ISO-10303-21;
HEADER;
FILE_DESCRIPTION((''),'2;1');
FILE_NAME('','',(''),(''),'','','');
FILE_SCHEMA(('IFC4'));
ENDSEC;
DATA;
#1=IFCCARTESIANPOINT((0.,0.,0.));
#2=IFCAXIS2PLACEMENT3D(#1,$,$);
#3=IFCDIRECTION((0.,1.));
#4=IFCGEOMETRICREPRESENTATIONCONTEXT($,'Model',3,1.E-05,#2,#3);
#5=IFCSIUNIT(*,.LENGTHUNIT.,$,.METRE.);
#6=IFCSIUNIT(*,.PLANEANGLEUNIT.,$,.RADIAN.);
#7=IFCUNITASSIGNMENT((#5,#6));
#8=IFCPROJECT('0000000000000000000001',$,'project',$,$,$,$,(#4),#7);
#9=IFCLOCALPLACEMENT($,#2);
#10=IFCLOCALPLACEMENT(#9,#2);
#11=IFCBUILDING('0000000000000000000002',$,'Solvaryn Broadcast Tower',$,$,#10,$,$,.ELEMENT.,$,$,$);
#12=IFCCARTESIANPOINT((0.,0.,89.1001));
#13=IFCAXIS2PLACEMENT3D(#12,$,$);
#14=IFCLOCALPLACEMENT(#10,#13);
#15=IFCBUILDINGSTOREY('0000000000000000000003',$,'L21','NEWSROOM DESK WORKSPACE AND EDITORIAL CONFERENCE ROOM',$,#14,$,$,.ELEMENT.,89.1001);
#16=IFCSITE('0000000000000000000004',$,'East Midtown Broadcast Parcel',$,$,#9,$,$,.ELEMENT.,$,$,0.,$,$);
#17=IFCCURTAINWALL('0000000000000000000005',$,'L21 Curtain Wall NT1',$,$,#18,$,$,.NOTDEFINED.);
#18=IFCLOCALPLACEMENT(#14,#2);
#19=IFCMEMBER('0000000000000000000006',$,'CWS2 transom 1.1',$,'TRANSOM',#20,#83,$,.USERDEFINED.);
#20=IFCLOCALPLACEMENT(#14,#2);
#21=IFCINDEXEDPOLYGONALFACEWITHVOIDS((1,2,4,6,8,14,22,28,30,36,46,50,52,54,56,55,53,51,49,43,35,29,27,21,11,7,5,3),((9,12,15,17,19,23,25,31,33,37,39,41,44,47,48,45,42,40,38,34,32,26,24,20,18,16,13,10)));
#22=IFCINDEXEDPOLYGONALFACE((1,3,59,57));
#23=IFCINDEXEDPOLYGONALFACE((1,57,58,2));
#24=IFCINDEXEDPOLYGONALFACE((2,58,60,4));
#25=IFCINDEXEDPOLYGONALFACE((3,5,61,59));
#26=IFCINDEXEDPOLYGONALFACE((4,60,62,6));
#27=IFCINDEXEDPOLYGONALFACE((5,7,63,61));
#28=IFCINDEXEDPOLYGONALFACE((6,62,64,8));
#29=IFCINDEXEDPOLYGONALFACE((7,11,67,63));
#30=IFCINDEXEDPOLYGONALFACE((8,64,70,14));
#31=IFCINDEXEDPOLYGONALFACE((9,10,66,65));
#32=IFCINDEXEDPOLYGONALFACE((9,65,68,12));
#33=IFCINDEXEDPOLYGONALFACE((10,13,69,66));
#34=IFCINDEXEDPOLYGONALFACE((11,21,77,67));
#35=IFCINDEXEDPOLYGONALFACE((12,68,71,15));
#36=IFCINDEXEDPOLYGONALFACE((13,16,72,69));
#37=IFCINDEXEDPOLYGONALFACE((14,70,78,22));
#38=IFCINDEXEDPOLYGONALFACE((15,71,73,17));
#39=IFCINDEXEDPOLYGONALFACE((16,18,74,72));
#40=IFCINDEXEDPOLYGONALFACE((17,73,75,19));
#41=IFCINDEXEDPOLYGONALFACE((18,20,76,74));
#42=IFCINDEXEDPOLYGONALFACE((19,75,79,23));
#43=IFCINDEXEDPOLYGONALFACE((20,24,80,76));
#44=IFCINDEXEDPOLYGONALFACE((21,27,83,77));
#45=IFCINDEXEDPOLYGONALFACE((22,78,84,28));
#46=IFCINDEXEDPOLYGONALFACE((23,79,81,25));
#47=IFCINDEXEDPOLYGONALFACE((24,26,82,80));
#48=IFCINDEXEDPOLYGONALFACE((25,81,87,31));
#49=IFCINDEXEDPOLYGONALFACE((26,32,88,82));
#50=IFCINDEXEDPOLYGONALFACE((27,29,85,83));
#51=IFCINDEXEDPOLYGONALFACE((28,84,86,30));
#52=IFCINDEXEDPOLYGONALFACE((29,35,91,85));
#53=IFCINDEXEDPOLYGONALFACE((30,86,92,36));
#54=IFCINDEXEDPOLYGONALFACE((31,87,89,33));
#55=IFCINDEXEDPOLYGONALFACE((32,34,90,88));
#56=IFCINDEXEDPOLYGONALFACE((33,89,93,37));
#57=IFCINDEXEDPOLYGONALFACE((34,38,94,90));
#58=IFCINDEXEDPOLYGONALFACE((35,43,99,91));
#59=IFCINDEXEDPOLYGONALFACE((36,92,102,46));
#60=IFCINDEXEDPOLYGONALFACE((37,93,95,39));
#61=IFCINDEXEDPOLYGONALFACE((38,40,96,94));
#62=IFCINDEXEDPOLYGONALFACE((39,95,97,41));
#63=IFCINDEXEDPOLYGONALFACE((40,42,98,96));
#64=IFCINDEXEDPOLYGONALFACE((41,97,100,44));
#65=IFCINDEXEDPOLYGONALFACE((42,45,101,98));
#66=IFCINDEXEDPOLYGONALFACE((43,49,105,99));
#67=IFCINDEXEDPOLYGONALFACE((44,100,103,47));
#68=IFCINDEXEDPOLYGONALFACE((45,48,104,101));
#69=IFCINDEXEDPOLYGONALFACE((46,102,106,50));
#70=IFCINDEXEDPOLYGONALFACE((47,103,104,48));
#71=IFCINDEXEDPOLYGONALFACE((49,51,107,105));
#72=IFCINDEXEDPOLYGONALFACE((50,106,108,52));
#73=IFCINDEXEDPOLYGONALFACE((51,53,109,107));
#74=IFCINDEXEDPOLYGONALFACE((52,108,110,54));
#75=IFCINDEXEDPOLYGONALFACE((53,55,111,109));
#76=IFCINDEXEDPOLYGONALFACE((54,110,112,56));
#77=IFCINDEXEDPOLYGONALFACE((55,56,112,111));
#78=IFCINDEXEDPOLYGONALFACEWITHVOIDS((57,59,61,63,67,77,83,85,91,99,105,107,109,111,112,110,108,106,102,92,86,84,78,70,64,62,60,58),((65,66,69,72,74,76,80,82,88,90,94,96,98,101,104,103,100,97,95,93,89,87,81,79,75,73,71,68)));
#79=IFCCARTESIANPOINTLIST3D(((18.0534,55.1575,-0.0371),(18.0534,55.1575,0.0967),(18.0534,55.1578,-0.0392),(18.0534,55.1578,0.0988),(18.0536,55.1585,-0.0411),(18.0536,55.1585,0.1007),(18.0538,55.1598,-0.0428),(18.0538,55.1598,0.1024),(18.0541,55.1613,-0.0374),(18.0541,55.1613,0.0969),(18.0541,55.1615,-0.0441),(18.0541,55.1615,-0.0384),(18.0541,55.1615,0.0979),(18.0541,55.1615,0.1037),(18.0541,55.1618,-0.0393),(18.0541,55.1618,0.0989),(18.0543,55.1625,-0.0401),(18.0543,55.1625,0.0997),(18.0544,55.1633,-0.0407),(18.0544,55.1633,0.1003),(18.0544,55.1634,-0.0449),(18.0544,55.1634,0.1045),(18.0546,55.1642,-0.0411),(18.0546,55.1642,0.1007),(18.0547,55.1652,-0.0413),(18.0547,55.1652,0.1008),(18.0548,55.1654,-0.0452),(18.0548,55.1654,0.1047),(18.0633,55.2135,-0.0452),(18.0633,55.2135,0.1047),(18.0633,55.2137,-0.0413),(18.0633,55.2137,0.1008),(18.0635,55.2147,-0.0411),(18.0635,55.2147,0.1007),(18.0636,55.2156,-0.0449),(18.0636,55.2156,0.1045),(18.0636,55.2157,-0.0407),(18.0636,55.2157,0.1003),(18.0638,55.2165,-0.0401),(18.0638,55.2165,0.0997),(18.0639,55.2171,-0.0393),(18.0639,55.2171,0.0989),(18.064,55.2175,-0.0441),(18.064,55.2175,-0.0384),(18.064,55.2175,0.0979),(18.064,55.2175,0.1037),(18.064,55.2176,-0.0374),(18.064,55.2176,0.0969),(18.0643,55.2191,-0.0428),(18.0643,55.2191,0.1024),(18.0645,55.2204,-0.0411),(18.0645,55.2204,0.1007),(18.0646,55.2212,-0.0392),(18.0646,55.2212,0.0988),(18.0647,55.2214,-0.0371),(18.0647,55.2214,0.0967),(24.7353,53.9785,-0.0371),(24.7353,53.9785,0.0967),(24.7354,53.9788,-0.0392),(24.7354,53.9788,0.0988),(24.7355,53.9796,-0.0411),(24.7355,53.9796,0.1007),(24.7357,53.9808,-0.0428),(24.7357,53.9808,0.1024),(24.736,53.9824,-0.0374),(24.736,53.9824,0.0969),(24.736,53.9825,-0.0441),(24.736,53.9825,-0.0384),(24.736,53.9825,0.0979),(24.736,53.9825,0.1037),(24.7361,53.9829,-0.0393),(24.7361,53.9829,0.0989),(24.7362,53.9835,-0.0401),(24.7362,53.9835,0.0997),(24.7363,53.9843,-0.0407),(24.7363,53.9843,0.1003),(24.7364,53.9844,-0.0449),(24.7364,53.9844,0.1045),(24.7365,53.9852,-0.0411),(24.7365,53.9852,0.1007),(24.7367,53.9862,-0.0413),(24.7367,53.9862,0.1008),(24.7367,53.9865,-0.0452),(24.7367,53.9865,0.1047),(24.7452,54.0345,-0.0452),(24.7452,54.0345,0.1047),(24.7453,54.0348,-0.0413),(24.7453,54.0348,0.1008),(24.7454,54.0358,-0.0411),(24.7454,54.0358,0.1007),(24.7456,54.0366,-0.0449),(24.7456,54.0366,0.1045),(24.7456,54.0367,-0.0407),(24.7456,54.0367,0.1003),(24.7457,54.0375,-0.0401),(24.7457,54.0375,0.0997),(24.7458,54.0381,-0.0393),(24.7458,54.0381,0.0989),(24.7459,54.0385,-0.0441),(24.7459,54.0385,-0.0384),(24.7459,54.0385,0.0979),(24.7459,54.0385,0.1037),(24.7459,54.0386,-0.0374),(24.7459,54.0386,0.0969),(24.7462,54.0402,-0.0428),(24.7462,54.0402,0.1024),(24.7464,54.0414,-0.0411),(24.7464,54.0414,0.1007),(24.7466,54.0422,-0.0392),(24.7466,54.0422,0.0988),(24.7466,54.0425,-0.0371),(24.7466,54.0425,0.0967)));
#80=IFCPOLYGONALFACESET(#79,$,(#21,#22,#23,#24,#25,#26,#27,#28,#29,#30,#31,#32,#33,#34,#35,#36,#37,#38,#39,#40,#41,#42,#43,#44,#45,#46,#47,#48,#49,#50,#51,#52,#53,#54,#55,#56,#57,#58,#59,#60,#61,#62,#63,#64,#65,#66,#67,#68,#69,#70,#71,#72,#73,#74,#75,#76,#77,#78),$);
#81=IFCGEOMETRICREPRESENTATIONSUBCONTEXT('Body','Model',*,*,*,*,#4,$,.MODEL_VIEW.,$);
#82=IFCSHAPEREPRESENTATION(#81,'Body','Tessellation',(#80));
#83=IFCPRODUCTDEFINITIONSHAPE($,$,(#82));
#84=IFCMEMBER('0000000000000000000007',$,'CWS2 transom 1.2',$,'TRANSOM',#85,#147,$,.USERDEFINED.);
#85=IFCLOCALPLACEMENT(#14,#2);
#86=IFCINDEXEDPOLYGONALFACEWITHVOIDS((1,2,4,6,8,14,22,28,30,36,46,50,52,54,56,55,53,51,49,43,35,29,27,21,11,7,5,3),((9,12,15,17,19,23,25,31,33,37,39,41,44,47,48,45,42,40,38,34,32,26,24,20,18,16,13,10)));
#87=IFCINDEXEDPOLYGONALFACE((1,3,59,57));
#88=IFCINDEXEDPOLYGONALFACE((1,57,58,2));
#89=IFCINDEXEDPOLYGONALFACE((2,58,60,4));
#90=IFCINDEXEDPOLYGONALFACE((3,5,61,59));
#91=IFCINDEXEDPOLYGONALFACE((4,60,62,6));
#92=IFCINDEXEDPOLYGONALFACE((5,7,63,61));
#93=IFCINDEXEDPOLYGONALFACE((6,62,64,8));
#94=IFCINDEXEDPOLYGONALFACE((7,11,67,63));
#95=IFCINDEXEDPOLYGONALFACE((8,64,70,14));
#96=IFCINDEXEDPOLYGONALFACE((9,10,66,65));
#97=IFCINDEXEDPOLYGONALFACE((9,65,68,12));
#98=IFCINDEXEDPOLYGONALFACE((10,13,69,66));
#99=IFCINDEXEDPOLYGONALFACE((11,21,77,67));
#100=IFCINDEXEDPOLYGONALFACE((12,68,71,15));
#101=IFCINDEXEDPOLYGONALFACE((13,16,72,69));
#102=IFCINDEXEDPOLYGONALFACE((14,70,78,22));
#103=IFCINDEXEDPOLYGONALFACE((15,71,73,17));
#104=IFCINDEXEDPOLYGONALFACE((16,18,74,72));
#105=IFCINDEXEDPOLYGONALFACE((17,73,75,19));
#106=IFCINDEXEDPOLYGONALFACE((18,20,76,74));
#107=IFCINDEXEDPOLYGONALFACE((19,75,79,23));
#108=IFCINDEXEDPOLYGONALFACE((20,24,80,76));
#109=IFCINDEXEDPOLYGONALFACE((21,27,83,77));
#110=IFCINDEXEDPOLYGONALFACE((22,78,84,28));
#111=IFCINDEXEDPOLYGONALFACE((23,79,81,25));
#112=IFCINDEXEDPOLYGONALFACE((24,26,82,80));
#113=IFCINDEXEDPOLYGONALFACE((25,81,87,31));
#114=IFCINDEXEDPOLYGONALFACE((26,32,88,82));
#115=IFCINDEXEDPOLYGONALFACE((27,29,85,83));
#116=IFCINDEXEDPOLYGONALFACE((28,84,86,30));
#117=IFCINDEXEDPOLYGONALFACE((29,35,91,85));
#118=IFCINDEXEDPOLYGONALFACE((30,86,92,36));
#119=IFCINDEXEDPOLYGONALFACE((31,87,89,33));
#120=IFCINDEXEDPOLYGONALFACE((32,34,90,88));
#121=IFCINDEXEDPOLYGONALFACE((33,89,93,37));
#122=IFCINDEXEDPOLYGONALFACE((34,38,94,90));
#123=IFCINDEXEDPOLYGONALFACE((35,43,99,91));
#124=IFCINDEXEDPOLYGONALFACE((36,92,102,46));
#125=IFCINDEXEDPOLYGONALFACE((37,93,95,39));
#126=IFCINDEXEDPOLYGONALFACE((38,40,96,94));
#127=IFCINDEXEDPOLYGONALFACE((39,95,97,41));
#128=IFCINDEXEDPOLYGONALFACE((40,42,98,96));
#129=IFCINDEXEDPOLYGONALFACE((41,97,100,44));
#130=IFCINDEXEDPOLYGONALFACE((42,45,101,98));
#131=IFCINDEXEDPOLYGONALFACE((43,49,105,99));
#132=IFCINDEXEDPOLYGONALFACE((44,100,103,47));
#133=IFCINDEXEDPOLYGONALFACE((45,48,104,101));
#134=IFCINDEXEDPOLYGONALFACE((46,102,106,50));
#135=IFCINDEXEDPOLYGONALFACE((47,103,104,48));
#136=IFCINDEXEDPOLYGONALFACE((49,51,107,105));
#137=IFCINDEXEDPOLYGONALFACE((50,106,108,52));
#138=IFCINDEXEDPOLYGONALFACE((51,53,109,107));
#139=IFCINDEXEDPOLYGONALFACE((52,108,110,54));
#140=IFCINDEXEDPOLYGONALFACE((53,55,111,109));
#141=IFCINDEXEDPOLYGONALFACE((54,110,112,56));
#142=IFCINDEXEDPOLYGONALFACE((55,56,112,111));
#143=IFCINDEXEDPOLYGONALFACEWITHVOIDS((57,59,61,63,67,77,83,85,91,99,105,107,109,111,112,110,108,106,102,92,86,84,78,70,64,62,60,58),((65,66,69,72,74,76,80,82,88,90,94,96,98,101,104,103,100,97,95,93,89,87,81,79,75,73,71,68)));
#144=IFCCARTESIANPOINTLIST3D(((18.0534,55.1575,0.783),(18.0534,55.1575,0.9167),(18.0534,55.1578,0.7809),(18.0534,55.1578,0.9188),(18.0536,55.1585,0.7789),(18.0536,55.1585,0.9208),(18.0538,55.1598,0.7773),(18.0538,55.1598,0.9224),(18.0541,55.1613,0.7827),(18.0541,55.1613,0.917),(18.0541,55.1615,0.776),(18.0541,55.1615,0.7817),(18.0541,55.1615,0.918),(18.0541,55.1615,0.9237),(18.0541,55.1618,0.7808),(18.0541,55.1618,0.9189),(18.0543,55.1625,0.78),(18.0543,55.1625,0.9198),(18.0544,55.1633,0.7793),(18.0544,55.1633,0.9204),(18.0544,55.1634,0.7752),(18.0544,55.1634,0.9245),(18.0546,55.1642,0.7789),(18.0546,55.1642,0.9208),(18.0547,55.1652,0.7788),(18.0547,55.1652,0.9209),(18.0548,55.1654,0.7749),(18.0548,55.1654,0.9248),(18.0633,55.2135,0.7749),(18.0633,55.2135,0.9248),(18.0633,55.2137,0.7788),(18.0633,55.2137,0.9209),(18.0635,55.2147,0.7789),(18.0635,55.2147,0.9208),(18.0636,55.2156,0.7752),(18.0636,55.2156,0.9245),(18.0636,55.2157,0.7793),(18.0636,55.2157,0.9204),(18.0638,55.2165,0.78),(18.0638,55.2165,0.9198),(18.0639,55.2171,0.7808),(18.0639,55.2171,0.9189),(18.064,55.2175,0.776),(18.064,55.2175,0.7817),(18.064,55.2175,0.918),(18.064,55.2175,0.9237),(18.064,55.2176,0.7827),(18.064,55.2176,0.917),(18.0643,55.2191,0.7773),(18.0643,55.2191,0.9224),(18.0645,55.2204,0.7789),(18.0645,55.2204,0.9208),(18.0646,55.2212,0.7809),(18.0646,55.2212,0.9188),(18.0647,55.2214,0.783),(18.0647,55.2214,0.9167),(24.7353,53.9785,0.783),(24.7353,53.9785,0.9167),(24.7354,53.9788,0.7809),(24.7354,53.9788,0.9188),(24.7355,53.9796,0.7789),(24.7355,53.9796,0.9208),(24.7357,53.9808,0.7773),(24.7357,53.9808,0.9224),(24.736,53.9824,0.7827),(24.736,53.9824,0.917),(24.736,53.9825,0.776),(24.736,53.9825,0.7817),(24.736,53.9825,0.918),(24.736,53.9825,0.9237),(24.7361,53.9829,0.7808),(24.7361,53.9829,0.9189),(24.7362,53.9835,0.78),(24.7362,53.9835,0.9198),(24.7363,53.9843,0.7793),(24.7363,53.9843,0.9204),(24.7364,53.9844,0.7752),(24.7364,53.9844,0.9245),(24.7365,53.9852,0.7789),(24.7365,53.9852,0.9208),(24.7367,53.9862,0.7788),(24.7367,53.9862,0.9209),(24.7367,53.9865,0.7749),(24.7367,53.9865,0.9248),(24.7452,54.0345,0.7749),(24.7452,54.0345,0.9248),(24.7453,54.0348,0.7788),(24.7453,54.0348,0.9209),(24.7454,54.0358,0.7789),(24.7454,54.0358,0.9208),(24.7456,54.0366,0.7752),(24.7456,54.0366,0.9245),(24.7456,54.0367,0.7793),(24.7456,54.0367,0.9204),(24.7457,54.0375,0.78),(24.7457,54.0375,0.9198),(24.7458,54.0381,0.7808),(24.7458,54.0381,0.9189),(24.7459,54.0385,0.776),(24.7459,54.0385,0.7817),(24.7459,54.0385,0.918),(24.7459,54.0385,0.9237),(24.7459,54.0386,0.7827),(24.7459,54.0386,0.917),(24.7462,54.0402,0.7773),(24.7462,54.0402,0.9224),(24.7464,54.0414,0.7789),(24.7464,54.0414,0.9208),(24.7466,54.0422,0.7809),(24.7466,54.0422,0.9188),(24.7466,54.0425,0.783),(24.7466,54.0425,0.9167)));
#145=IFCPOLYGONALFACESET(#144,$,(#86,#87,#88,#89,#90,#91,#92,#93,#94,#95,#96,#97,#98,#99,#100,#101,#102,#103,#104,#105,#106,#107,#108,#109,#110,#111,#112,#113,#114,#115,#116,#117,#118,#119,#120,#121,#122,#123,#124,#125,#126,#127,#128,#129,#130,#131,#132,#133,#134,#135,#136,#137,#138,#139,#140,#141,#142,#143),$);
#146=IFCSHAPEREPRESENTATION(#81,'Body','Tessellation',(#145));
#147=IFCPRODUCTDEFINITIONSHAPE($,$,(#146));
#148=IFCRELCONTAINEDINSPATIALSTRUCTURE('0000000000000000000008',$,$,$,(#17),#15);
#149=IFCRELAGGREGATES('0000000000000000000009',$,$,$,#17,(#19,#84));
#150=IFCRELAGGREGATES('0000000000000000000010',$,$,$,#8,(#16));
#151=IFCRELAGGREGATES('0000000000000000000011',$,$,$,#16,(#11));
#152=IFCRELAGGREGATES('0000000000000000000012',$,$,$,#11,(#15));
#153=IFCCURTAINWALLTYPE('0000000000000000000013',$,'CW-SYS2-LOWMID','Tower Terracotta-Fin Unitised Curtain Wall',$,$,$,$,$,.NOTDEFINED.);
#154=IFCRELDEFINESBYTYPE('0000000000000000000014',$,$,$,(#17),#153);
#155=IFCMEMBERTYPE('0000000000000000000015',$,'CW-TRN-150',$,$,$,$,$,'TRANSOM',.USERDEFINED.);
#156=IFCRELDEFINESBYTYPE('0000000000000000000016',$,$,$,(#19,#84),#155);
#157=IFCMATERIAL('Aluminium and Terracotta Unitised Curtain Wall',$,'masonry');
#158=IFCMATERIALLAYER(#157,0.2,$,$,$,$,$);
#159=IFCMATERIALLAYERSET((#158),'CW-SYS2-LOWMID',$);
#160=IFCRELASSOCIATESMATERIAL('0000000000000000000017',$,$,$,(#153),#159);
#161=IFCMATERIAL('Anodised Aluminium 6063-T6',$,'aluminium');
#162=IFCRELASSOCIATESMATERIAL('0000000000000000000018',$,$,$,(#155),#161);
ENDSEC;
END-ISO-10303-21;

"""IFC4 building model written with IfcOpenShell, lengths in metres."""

from ifc_helpers import new_model, si_unit, direction, frame, origin, origin_2d, place, context, subcontext, project, spatial, hollow_rectangle, extrude, material, layer, layer_set, material_profile, profile_set, type_object, element, aggregate, save


model = new_model("IFC4")

# Units and contexts
model_context = context("Model", 3, precision=1e-05, world=origin(), true_north=direction((0.0, 1.0)))
body_context = subcontext(model_context, "Body", "Model", "MODEL_VIEW")
ifc_project = project(units=[si_unit("LENGTHUNIT", "METRE"), si_unit("PLANEANGLEUNIT", "RADIAN")], contexts=[model_context])

# Site, building, storey
site_placement = place(None, origin())
site = spatial("IfcSite", under=ifc_project, at=site_placement, Name="East Midtown Broadcast Parcel", CompositionType="ELEMENT", RefElevation=0.0)
building_placement = place(site_placement, origin())
building = spatial("IfcBuilding", under=site, at=building_placement, Name="Solvaryn Broadcast Tower", CompositionType="ELEMENT")
storey_placement = place(building_placement, frame((0.0, 0.0, 89.1001)))
storey = spatial("IfcBuildingStorey", under=building, at=storey_placement, Name="L21", Description="NEWSROOM DESK WORKSPACE AND EDITORIAL CONFERENCE ROOM", CompositionType="ELEMENT", Elevation=89.1001)

# Curtain wall
ifc_material_1 = material(Name="Aluminium and Terracotta Unitised Curtain Wall", Category="masonry")
ifc_layer_1 = layer(ifc_material_1, 0.2)
ifc_layer_set_1 = layer_set([ifc_layer_1], Name="CW-SYS2-LOWMID")
curtain_wall_type = type_object("IfcCurtainWallType", Name="CW-SYS2-LOWMID", Description="Tower Terracotta-Fin Unitised Curtain Wall", PredefinedType="NOTDEFINED", material=ifc_layer_set_1)
curtain_wall_1_placement = place(storey_placement, origin())
curtain_wall_1 = element("IfcCurtainWall", 1, at=curtain_wall_1_placement, inside=storey, type_object=curtain_wall_type, Name="L21 Curtain Wall NT1", PredefinedType="NOTDEFINED")

# Members
ifc_material_2 = material(Name="Anodised Aluminium 6063-T6", Category="aluminium")
ifc_material_profile_1 = material_profile(ifc_material_2, hollow_rectangle(XDim=0.0649, YDim=0.1499, WallThickness=0.0039, InnerFilletRadius=0.0039, OuterFilletRadius=0.0081, at=origin_2d()))
ifc_profile_set_1 = profile_set([ifc_material_profile_1], Name="Anodised Aluminium 6063-T6")
member_type_1 = type_object("IfcMemberType", Name="CW-TRN-150", ElementType="TRANSOM", PredefinedType="USERDEFINED", material=ifc_profile_set_1)
member_1_placement = place(storey_placement, frame((24.741, 54.0105, 0.0298), z_axis=(-0.984789, 0.173757, 0.0), x_axis=(-0.173757, -0.984789, 0.0)))
member_1 = element("IfcMember", 2, at=member_1_placement, type_object=member_type_1, Name="CWS2 transom 1.1", ObjectType="TRANSOM", PredefinedType="USERDEFINED", context=body_context, shape_type="SweptSolid", body=[
    extrude(hollow_rectangle(XDim=0.0649, YDim=0.1499, WallThickness=0.0039, InnerFilletRadius=0.0039, OuterFilletRadius=0.0081, at=origin_2d()), origin(), (0.0, 0.0, 1.0), 6.7852),
])
member_2_placement = place(storey_placement, frame((24.741, 54.0105, 0.8499), z_axis=(-0.984789, 0.173757, 0.0), x_axis=(-0.173757, -0.984789, 0.0)))
member_2 = element("IfcMember", 3, at=member_2_placement, type_object=member_type_1, Name="CWS2 transom 1.2", ObjectType="TRANSOM", PredefinedType="USERDEFINED", context=body_context, shape_type="SweptSolid", body=[
    extrude(hollow_rectangle(XDim=0.0649, YDim=0.1499, WallThickness=0.0039, InnerFilletRadius=0.0039, OuterFilletRadius=0.0081, at=origin_2d()), origin(), (0.0, 0.0, 1.0), 6.7852),
])

aggregate(curtain_wall_1, [member_1, member_2])

save(model, "model.ifc")
